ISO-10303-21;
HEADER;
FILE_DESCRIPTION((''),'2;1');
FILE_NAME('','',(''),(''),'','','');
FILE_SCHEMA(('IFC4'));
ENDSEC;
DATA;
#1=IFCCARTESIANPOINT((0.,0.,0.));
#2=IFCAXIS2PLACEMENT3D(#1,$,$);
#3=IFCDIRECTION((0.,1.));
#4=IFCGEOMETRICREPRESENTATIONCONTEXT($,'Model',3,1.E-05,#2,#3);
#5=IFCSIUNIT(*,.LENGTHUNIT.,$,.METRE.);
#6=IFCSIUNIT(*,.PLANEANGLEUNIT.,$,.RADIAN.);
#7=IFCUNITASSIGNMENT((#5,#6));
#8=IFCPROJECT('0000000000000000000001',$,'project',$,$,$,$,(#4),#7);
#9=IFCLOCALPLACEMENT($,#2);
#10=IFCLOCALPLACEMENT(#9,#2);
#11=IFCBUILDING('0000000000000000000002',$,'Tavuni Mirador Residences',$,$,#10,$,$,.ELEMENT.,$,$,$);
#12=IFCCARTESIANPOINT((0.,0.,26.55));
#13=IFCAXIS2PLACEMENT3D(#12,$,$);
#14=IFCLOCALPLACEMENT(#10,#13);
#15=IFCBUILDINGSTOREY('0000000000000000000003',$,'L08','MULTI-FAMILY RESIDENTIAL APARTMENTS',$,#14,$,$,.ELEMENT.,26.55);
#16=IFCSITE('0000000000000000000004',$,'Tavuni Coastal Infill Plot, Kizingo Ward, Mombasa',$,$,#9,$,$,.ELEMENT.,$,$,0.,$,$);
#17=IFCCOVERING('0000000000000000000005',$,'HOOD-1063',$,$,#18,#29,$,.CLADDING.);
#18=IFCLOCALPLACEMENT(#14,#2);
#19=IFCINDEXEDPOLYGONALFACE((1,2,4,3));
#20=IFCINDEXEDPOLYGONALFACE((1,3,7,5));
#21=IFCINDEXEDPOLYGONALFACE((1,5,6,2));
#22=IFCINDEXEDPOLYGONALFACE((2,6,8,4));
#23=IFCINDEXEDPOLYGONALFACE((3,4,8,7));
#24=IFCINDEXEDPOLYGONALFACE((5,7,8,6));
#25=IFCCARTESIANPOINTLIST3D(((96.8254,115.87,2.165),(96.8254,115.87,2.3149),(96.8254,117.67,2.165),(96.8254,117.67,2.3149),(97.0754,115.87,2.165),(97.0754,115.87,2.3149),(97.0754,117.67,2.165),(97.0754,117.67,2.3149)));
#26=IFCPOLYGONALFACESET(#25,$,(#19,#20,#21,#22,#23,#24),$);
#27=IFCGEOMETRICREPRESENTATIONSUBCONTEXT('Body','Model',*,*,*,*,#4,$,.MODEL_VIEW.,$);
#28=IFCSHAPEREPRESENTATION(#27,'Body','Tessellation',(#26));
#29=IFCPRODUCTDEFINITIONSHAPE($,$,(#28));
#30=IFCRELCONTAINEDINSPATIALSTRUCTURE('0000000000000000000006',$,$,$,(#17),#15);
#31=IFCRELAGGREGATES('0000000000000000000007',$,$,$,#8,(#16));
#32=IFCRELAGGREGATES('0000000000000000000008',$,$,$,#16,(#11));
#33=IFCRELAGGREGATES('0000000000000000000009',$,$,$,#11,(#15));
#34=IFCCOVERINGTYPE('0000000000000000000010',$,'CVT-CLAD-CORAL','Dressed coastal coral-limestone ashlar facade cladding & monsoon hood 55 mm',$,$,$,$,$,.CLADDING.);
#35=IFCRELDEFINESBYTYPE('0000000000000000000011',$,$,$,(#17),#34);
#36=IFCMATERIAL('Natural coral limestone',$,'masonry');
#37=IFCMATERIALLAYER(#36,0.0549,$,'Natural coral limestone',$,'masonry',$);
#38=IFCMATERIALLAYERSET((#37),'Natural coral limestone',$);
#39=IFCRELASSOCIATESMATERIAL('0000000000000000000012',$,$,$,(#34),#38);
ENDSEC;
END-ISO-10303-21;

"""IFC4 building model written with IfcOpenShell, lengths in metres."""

from ifc_helpers import new_model, si_unit, direction, frame, origin, origin_2d, place, context, subcontext, project, spatial, rectangle, extrude, material, layer, layer_set, type_object, element, save


model = new_model("IFC4")

# Units and contexts
model_context = context("Model", 3, precision=1e-05, world=origin(), true_north=direction((0.0, 1.0)))
body_context = subcontext(model_context, "Body", "Model", "MODEL_VIEW")
ifc_project = project(units=[si_unit("LENGTHUNIT", "METRE"), si_unit("PLANEANGLEUNIT", "RADIAN")], contexts=[model_context])

# Site, building, storey
site_placement = place(None, origin())
site = spatial("IfcSite", under=ifc_project, at=site_placement, Name="Tavuni Coastal Infill Plot, Kizingo Ward, Mombasa", CompositionType="ELEMENT", RefElevation=0.0)
building_placement = place(site_placement, origin())
building = spatial("IfcBuilding", under=site, at=building_placement, Name="Tavuni Mirador Residences", CompositionType="ELEMENT")
storey_placement = place(building_placement, frame((0.0, 0.0, 26.55)))
storey = spatial("IfcBuildingStorey", under=building, at=storey_placement, Name="L08", Description="MULTI-FAMILY RESIDENTIAL APARTMENTS", CompositionType="ELEMENT", Elevation=26.55)

# Covering
ifc_material_1 = material(Name="Natural coral limestone", Category="masonry")
ifc_layer_1 = layer(ifc_material_1, 0.0549, Name="Natural coral limestone", Category="masonry")
ifc_layer_set_1 = layer_set([ifc_layer_1], Name="Natural coral limestone")
covering_type = type_object("IfcCoveringType", Name="CVT-CLAD-CORAL", Description="Dressed coastal coral-limestone ashlar facade cladding & monsoon hood 55 mm", PredefinedType="CLADDING", material=ifc_layer_set_1)
covering_1_placement = place(storey_placement, frame((96.9504, 116.77, 2.165), z_axis=(0.0, 0.0, 1.0), x_axis=(0.0, -1.0, 0.0)))
element("IfcCovering", 1, at=covering_1_placement, inside=storey, type_object=covering_type, Name="HOOD-1063", PredefinedType="CLADDING", context=body_context, shape_type="SweptSolid", body=[
    extrude(rectangle(XDim=1.8, YDim=0.25, at=origin_2d()), origin(), (0.0, 0.0, 1.0), 0.1499),
])

save(model, "model.ifc")
